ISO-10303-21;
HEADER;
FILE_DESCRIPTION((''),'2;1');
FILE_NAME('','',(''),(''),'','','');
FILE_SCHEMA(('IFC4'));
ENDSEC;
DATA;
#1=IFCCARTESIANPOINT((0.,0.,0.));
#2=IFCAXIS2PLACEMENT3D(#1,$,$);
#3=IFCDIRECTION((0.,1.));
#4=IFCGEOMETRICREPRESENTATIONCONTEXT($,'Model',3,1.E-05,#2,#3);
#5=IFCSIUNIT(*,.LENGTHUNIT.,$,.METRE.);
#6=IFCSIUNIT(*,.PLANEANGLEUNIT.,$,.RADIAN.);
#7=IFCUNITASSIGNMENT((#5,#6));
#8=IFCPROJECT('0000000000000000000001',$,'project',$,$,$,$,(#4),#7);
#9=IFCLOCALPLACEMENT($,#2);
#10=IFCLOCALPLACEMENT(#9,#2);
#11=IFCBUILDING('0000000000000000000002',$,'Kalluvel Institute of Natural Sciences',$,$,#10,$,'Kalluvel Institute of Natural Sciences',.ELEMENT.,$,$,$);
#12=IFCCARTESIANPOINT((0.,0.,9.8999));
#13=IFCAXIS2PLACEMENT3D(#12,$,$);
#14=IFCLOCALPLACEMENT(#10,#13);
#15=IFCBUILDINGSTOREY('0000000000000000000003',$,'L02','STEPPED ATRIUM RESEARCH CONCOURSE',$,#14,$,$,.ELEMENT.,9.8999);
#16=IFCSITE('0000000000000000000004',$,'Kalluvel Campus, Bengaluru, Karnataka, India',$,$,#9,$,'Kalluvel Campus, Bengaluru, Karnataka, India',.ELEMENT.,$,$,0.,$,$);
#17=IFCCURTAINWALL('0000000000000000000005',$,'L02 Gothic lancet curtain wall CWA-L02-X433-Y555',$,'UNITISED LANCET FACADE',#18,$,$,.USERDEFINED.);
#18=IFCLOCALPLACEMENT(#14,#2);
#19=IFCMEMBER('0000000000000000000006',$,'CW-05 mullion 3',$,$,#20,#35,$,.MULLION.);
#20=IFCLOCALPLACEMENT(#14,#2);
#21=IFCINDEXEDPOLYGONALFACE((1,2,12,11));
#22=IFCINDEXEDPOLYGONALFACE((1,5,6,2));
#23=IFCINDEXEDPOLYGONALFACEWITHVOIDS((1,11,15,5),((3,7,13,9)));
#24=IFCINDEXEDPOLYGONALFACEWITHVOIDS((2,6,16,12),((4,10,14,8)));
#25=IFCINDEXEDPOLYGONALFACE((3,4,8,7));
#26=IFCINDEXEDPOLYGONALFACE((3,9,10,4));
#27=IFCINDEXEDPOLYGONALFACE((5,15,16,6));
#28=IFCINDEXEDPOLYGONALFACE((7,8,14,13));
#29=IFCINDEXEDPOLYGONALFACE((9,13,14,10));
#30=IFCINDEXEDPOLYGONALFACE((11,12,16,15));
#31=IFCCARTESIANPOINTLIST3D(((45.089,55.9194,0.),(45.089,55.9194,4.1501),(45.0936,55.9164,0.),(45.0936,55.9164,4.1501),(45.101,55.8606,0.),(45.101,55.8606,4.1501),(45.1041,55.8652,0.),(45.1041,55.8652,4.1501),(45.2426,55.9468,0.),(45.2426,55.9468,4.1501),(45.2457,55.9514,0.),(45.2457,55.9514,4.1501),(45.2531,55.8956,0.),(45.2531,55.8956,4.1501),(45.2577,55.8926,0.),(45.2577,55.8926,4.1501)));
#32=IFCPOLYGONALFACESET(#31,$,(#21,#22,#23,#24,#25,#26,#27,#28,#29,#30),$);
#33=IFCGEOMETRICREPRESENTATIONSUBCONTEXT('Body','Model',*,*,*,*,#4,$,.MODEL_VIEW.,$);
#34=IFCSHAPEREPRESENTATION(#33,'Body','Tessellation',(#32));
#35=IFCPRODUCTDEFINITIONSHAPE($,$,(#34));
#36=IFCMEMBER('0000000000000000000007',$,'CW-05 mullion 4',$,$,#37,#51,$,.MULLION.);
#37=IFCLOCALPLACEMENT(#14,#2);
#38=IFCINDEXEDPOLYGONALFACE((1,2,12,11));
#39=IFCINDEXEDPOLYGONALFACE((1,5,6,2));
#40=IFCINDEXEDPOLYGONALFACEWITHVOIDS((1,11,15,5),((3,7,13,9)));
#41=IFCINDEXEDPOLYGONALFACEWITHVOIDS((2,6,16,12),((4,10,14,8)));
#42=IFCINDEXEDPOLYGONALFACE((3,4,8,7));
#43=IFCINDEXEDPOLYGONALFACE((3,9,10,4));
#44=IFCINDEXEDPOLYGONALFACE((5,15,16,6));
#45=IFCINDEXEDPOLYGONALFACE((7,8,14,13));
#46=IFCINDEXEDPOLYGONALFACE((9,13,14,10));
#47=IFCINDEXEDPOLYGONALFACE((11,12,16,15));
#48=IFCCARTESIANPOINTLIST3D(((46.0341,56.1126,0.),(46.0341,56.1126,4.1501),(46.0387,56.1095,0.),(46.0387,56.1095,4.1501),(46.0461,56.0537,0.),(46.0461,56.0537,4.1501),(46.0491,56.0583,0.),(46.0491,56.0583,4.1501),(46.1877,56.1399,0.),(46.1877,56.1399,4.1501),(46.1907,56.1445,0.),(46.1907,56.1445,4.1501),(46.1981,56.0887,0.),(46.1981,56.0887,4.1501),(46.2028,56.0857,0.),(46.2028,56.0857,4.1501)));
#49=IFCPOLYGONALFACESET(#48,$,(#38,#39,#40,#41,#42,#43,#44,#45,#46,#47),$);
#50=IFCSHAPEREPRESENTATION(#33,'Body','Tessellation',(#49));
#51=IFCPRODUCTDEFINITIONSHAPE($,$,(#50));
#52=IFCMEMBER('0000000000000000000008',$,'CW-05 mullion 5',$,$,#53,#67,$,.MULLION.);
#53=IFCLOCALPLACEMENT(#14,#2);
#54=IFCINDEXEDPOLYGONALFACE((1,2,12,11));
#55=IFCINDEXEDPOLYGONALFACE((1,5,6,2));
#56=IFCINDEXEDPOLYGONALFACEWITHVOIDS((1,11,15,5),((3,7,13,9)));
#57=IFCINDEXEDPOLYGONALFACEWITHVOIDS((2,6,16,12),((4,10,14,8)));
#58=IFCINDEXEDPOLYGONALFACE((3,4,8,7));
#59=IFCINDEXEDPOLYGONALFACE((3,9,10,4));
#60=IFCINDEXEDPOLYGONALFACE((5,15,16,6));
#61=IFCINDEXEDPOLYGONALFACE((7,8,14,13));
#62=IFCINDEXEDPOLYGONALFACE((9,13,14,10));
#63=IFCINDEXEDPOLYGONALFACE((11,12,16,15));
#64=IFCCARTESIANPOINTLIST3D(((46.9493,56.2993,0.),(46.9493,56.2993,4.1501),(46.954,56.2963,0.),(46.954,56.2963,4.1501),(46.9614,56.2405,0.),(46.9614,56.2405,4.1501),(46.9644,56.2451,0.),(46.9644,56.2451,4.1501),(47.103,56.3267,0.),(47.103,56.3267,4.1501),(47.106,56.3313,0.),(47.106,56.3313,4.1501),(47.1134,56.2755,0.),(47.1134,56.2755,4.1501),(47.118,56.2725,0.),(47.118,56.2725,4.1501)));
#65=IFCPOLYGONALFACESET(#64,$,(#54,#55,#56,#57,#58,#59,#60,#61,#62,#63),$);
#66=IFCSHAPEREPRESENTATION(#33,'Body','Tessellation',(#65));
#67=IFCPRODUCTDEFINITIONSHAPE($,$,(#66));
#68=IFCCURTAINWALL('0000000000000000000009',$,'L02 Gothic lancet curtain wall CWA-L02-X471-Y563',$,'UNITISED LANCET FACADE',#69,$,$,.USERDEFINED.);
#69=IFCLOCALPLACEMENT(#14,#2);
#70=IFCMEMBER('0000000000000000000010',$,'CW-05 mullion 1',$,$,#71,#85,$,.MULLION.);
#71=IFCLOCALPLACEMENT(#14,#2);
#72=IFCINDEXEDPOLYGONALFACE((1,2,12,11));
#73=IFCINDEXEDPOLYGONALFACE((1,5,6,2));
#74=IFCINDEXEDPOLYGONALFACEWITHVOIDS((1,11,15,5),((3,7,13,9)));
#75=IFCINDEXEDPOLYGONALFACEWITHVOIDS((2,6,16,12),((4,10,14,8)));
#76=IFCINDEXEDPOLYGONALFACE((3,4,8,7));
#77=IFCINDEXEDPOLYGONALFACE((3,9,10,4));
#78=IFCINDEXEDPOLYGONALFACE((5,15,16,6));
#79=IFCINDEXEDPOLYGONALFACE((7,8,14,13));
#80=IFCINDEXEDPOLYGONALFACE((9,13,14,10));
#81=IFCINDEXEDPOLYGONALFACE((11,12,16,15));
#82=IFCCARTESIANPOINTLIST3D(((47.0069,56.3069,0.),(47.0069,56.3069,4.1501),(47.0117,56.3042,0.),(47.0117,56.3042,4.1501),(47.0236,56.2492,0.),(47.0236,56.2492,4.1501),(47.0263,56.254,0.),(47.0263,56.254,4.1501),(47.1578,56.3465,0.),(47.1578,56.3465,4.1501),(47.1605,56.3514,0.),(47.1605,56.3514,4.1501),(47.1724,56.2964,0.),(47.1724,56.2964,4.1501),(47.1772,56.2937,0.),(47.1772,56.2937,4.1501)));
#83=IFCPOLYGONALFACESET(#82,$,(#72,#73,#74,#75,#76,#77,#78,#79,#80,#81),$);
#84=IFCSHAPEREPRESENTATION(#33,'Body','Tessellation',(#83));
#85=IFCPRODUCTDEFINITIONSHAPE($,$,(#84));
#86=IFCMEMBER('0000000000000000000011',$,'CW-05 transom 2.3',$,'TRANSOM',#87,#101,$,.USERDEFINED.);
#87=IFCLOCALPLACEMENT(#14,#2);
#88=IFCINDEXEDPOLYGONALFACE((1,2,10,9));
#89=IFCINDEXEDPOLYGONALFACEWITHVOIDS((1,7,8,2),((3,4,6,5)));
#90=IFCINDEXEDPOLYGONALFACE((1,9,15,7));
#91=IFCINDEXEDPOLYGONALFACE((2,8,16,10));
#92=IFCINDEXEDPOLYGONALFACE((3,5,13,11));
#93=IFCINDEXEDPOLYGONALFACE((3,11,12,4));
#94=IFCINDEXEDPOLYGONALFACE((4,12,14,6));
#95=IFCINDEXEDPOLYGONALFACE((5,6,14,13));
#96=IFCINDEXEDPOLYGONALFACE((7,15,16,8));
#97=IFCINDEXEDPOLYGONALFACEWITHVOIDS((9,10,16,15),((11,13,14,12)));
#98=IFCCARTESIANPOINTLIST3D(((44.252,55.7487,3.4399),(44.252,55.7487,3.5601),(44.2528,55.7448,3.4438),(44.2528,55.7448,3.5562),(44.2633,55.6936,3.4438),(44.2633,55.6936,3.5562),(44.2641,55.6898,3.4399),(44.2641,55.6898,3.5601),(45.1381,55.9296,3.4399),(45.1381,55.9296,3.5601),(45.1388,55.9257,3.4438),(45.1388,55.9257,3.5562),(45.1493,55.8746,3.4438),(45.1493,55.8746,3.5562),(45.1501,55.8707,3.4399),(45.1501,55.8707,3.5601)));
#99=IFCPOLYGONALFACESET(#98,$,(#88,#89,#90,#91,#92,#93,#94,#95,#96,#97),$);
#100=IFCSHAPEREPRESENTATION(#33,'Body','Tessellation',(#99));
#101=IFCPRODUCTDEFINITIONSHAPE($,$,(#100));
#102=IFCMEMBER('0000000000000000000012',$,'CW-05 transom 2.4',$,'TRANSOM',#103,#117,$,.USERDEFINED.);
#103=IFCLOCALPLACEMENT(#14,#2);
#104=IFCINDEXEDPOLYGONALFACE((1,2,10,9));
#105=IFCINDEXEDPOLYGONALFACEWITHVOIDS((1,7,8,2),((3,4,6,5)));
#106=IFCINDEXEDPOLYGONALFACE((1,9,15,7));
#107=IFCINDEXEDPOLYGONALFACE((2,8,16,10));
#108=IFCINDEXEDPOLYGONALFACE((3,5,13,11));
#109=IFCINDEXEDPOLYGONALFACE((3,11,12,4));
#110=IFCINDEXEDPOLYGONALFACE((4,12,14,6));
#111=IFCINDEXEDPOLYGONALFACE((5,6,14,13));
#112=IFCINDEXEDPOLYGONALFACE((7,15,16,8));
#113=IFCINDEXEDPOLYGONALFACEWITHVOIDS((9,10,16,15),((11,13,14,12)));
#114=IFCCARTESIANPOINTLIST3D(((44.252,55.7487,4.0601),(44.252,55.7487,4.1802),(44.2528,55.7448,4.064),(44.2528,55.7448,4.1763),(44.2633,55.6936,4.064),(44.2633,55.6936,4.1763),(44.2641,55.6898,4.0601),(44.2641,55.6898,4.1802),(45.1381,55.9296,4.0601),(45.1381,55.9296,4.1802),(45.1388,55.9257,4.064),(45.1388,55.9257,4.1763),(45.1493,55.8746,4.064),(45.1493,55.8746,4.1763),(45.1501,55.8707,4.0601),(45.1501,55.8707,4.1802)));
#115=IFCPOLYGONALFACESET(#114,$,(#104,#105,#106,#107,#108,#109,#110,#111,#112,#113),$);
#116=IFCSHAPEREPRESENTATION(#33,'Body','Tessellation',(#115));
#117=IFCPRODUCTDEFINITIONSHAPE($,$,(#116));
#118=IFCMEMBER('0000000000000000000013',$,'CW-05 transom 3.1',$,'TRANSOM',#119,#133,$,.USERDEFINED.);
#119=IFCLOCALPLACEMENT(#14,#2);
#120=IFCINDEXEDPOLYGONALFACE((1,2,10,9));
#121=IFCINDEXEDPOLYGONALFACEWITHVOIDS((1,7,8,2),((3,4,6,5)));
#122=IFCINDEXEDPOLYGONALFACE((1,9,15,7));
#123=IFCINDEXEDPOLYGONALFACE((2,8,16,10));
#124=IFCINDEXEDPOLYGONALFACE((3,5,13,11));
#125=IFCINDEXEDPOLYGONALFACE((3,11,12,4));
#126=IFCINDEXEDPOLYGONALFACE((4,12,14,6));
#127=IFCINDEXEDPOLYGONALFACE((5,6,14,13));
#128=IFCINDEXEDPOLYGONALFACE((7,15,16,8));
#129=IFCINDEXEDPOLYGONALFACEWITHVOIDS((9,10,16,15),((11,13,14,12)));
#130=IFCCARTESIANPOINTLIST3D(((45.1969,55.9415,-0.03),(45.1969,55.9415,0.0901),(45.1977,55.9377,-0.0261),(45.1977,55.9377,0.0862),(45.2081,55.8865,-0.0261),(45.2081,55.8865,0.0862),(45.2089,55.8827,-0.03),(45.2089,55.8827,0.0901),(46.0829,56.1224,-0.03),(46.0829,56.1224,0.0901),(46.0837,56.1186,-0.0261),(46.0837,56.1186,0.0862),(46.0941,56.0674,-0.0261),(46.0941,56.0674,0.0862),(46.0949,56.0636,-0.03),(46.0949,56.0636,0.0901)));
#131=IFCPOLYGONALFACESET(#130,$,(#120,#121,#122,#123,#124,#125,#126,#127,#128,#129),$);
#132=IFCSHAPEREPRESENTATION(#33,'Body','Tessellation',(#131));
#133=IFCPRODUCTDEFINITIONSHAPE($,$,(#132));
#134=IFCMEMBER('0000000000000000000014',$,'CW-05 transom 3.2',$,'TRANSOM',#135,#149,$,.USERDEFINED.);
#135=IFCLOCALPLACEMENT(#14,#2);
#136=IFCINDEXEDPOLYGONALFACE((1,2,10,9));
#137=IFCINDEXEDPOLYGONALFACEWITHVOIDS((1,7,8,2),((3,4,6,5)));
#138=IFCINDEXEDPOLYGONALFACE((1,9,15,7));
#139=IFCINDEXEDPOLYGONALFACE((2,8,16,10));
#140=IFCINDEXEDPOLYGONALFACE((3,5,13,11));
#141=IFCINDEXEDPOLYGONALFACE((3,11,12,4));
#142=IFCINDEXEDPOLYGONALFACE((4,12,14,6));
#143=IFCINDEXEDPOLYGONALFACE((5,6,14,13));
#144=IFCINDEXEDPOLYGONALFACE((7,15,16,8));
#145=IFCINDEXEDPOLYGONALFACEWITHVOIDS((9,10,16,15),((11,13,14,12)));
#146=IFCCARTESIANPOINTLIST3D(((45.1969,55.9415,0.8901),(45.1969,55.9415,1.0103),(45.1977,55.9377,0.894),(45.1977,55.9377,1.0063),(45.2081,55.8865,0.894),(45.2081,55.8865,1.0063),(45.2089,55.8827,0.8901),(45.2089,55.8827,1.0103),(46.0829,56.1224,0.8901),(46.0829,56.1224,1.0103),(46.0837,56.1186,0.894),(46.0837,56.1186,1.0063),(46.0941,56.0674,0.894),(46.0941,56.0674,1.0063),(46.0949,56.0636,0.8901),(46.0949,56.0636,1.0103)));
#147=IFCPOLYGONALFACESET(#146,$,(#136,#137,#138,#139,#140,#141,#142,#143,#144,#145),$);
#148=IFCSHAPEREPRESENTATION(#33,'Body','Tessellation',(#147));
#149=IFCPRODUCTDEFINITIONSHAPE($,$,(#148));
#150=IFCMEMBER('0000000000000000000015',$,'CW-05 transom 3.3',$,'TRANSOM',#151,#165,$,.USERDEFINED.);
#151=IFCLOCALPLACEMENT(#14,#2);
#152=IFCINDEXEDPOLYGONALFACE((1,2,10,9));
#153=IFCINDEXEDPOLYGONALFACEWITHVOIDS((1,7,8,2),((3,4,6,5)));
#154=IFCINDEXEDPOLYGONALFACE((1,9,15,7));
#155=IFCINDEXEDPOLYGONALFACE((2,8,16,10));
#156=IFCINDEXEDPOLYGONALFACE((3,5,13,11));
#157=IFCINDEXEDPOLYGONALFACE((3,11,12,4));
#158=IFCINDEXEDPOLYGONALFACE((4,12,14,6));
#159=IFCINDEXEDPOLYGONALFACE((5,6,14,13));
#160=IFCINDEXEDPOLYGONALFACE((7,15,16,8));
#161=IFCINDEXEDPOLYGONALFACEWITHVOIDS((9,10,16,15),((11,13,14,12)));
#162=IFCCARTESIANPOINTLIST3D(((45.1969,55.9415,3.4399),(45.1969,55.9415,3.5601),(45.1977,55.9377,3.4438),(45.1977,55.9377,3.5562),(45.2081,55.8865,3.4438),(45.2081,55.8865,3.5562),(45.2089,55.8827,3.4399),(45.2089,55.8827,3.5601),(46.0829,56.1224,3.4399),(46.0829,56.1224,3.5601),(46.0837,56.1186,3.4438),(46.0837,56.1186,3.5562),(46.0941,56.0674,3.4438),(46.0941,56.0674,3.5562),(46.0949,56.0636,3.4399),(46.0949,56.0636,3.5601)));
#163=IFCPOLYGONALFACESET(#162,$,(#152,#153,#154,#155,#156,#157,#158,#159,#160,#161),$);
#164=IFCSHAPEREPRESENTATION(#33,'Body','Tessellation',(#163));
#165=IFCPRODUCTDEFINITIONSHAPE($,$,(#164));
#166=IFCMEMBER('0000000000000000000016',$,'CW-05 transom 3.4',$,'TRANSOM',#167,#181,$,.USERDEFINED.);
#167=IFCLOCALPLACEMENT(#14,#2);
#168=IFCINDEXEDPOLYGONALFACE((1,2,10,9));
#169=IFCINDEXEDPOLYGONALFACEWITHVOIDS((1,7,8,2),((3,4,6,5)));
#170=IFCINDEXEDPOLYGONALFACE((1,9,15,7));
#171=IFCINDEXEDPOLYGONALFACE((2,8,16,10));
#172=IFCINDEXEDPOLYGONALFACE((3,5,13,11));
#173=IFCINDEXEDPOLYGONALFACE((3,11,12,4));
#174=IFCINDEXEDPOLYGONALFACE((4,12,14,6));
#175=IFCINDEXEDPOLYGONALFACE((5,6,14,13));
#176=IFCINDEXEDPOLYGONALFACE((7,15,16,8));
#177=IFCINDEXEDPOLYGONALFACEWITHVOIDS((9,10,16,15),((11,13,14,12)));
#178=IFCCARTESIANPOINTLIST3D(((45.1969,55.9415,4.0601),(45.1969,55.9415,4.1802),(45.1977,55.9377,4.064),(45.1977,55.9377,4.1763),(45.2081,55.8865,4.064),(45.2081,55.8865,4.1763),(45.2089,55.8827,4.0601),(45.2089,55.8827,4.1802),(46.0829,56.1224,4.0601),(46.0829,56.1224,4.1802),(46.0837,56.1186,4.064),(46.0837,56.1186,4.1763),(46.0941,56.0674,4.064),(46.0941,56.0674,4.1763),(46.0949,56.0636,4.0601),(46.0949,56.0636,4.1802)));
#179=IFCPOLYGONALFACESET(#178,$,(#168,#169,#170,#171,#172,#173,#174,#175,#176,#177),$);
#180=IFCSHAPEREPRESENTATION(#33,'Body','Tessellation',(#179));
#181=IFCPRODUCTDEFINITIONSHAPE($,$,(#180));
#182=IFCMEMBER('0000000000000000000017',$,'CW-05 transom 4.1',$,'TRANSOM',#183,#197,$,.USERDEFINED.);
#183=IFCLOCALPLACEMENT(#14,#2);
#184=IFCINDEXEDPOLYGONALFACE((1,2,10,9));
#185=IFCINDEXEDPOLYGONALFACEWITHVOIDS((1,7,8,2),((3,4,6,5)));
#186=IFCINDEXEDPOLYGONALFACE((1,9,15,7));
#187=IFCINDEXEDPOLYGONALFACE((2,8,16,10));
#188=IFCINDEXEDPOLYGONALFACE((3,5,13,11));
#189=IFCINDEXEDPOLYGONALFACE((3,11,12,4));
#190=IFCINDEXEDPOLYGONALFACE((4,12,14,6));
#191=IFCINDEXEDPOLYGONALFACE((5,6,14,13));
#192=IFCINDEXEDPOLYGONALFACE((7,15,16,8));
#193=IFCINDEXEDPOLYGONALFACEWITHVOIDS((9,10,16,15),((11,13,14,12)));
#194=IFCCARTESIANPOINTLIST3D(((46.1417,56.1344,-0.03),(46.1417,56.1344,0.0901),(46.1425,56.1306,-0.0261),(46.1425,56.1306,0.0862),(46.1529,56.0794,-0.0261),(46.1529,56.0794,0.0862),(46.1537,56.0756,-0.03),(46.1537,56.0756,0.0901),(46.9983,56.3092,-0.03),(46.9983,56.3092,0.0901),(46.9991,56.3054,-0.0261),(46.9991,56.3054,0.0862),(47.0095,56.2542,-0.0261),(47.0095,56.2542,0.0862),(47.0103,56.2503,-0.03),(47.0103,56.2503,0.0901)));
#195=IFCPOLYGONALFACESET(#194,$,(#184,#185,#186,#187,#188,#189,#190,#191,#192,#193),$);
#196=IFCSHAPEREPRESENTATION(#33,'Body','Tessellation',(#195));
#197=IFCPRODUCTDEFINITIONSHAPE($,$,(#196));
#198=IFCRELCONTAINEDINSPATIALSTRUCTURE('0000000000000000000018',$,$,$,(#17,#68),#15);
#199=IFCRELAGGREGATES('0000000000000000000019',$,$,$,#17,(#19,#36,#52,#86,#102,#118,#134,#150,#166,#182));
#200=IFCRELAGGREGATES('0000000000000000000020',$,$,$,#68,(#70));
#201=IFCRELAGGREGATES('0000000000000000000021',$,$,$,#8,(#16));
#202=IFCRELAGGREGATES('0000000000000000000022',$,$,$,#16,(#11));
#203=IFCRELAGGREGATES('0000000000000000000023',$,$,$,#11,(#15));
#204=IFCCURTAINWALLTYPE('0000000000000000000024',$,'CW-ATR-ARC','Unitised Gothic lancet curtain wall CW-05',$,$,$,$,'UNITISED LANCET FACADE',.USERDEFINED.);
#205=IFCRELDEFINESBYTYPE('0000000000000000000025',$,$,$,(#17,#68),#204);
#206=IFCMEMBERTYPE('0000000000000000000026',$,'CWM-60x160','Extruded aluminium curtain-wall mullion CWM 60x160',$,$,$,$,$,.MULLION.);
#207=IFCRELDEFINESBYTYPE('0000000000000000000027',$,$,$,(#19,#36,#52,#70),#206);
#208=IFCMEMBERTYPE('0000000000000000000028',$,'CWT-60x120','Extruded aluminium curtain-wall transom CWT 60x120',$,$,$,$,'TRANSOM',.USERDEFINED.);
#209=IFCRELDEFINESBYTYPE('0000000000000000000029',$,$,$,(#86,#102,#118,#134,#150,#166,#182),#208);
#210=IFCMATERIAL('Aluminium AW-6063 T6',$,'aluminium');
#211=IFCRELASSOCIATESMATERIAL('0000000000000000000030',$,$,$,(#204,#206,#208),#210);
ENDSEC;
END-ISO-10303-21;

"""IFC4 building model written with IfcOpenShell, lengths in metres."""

from ifc_helpers import new_model, si_unit, direction, frame, origin, origin_2d, place, context, subcontext, project, spatial, hollow_rectangle, extrude, material, material_profile, profile_set, type_object, element, aggregate, save


model = new_model("IFC4")

# Units and contexts
model_context = context("Model", 3, precision=1e-05, world=origin(), true_north=direction((0.0, 1.0)))
body_context = subcontext(model_context, "Body", "Model", "MODEL_VIEW")
ifc_project = project(units=[si_unit("LENGTHUNIT", "METRE"), si_unit("PLANEANGLEUNIT", "RADIAN")], contexts=[model_context])

# Site, building, storey
site_placement = place(None, origin())
site = spatial("IfcSite", under=ifc_project, at=site_placement, Name="Kalluvel Campus, Bengaluru, Karnataka, India", LongName="Kalluvel Campus, Bengaluru, Karnataka, India", CompositionType="ELEMENT", RefElevation=0.0)
building_placement = place(site_placement, origin())
building = spatial("IfcBuilding", under=site, at=building_placement, Name="Kalluvel Institute of Natural Sciences", LongName="Kalluvel Institute of Natural Sciences", CompositionType="ELEMENT")
storey_placement = place(building_placement, frame((0.0, 0.0, 9.8999)))
storey = spatial("IfcBuildingStorey", under=building, at=storey_placement, Name="L02", Description="STEPPED ATRIUM RESEARCH CONCOURSE", CompositionType="ELEMENT", Elevation=9.8999)

# Curtain wall, members
ifc_material_1 = material(Name="Aluminium AW-6063 T6", Category="aluminium")
curtain_wall_type = type_object("IfcCurtainWallType", Name="CW-ATR-ARC", Description="Unitised Gothic lancet curtain wall CW-05", ElementType="UNITISED LANCET FACADE", PredefinedType="USERDEFINED", material=ifc_material_1)
curtain_wall_1_placement = place(storey_placement, origin())
curtain_wall_1 = element("IfcCurtainWall", 1, at=curtain_wall_1_placement, inside=storey, type_object=curtain_wall_type, Name="L02 Gothic lancet curtain wall CWA-L02-X433-Y555", ObjectType="UNITISED LANCET FACADE", PredefinedType="USERDEFINED")
ifc_material_profile_1 = material_profile(ifc_material_1, hollow_rectangle(XDim=0.0601, YDim=0.1599, WallThickness=0.0039, at=origin_2d()), Name="CWM 60x160")
ifc_profile_set_1 = profile_set([ifc_material_profile_1], Name="Aluminium AW-6063 T6")
member_type_1 = type_object("IfcMemberType", Name="CWM-60x160", Description="Extruded aluminium curtain-wall mullion CWM 60x160", PredefinedType="MULLION", material=ifc_profile_set_1)
member_1_placement = place(storey_placement, frame((45.1733, 55.906, 0.0), z_axis=(0.0, 0.0, 1.0), x_axis=(-0.200028, 0.97979, 0.0)))
member_1 = element("IfcMember", 2, at=member_1_placement, type_object=member_type_1, Name="CW-05 mullion 3", PredefinedType="MULLION", context=body_context, shape_type="SweptSolid", body=[
    extrude(hollow_rectangle(XDim=0.0601, YDim=0.1599, WallThickness=0.0039, at=origin_2d()), origin(), (0.0, 0.0, 1.0), 4.1501),
])
member_2_placement = place(storey_placement, frame((46.1184, 56.0991, 0.0), z_axis=(0.0, 0.0, 1.0), x_axis=(-0.200028, 0.97979, 0.0)))
member_2 = element("IfcMember", 3, at=member_2_placement, type_object=member_type_1, Name="CW-05 mullion 4", PredefinedType="MULLION", context=body_context, shape_type="SweptSolid", body=[
    extrude(hollow_rectangle(XDim=0.0601, YDim=0.1599, WallThickness=0.0039, at=origin_2d()), origin(), (0.0, 0.0, 1.0), 4.1501),
])
member_3_placement = place(storey_placement, frame((47.0337, 56.2859, 0.0), z_axis=(0.0, 0.0, 1.0), x_axis=(-0.200028, 0.97979, 0.0)))
member_3 = element("IfcMember", 4, at=member_3_placement, type_object=member_type_1, Name="CW-05 mullion 5", PredefinedType="MULLION", context=body_context, shape_type="SweptSolid", body=[
    extrude(hollow_rectangle(XDim=0.0601, YDim=0.1599, WallThickness=0.0039, at=origin_2d()), origin(), (0.0, 0.0, 1.0), 4.1501),
])

# Curtain wall, member
curtain_wall_2_placement = place(storey_placement, origin())
curtain_wall_2 = element("IfcCurtainWall", 5, at=curtain_wall_2_placement, inside=storey, type_object=curtain_wall_type, Name="L02 Gothic lancet curtain wall CWA-L02-X471-Y563", ObjectType="UNITISED LANCET FACADE", PredefinedType="USERDEFINED")
member_4_placement = place(storey_placement, frame((47.092, 56.3003, 0.0), z_axis=(0.0, 0.0, 1.0), x_axis=(-0.278212, 0.96052, 0.0)))
member_4 = element("IfcMember", 6, at=member_4_placement, type_object=member_type_1, Name="CW-05 mullion 1", PredefinedType="MULLION", context=body_context, shape_type="SweptSolid", body=[
    extrude(hollow_rectangle(XDim=0.0601, YDim=0.1599, WallThickness=0.0039, at=origin_2d()), origin(), (0.0, 0.0, 1.0), 4.1501),
])

# Members
ifc_material_profile_2 = material_profile(ifc_material_1, hollow_rectangle(XDim=0.0601, YDim=0.1201, WallThickness=0.0039, at=origin_2d()), Name="CWT 60x120")
ifc_profile_set_2 = profile_set([ifc_material_profile_2], Name="Aluminium AW-6063 T6")
member_type_2 = type_object("IfcMemberType", Name="CWT-60x120", Description="Extruded aluminium curtain-wall transom CWT 60x120", ElementType="TRANSOM", PredefinedType="USERDEFINED", material=ifc_profile_set_2)
member_5_placement = place(storey_placement, frame((44.2581, 55.7192, 3.5), z_axis=(0.979784, 0.200061, 0.0), x_axis=(-0.200061, 0.979784, 0.0)))
member_5 = element("IfcMember", 7, at=member_5_placement, type_object=member_type_2, Name="CW-05 transom 2.3", ObjectType="TRANSOM", PredefinedType="USERDEFINED", context=body_context, shape_type="SweptSolid", body=[
    extrude(hollow_rectangle(XDim=0.0601, YDim=0.1201, WallThickness=0.0039, at=origin_2d()), origin(), (0.0, 0.0, 1.0), 0.9043),
])
member_6_placement = place(storey_placement, frame((44.2581, 55.7192, 4.1201), z_axis=(0.979784, 0.200061, 0.0), x_axis=(-0.200061, 0.979784, 0.0)))
member_6 = element("IfcMember", 8, at=member_6_placement, type_object=member_type_2, Name="CW-05 transom 2.4", ObjectType="TRANSOM", PredefinedType="USERDEFINED", context=body_context, shape_type="SweptSolid", body=[
    extrude(hollow_rectangle(XDim=0.0601, YDim=0.1201, WallThickness=0.0039, at=origin_2d()), origin(), (0.0, 0.0, 1.0), 0.9043),
])
member_7_placement = place(storey_placement, frame((45.2029, 55.9121, 0.03), z_axis=(0.979784, 0.200061, 0.0), x_axis=(-0.200061, 0.979784, 0.0)))
member_7 = element("IfcMember", 9, at=member_7_placement, type_object=member_type_2, Name="CW-05 transom 3.1", ObjectType="TRANSOM", PredefinedType="USERDEFINED", context=body_context, shape_type="SweptSolid", body=[
    extrude(hollow_rectangle(XDim=0.0601, YDim=0.1201, WallThickness=0.0039, at=origin_2d()), origin(), (0.0, 0.0, 1.0), 0.9043),
])
member_8_placement = place(storey_placement, frame((45.2029, 55.9121, 0.9502), z_axis=(0.979784, 0.200061, 0.0), x_axis=(-0.200061, 0.979784, 0.0)))
member_8 = element("IfcMember", 10, at=member_8_placement, type_object=member_type_2, Name="CW-05 transom 3.2", ObjectType="TRANSOM", PredefinedType="USERDEFINED", context=body_context, shape_type="SweptSolid", body=[
    extrude(hollow_rectangle(XDim=0.0601, YDim=0.1201, WallThickness=0.0039, at=origin_2d()), origin(), (0.0, 0.0, 1.0), 0.9043),
])
member_9_placement = place(storey_placement, frame((45.2029, 55.9121, 3.5), z_axis=(0.979784, 0.200061, 0.0), x_axis=(-0.200061, 0.979784, 0.0)))
member_9 = element("IfcMember", 11, at=member_9_placement, type_object=member_type_2, Name="CW-05 transom 3.3", ObjectType="TRANSOM", PredefinedType="USERDEFINED", context=body_context, shape_type="SweptSolid", body=[
    extrude(hollow_rectangle(XDim=0.0601, YDim=0.1201, WallThickness=0.0039, at=origin_2d()), origin(), (0.0, 0.0, 1.0), 0.9043),
])
member_10_placement = place(storey_placement, frame((45.2029, 55.9121, 4.1201), z_axis=(0.979784, 0.200061, 0.0), x_axis=(-0.200061, 0.979784, 0.0)))
member_10 = element("IfcMember", 12, at=member_10_placement, type_object=member_type_2, Name="CW-05 transom 3.4", ObjectType="TRANSOM", PredefinedType="USERDEFINED", context=body_context, shape_type="SweptSolid", body=[
    extrude(hollow_rectangle(XDim=0.0601, YDim=0.1201, WallThickness=0.0039, at=origin_2d()), origin(), (0.0, 0.0, 1.0), 0.9043),
])
member_11_placement = place(storey_placement, frame((46.1477, 56.105, 0.03), z_axis=(0.979811, 0.199927, 0.0), x_axis=(-0.199927, 0.979811, 0.0)))
member_11 = element("IfcMember", 13, at=member_11_placement, type_object=member_type_2, Name="CW-05 transom 4.1", ObjectType="TRANSOM", PredefinedType="USERDEFINED", context=body_context, shape_type="SweptSolid", body=[
    extrude(hollow_rectangle(XDim=0.0601, YDim=0.1201, WallThickness=0.0039, at=origin_2d()), origin(), (0.0, 0.0, 1.0), 0.8743),
])

aggregate(curtain_wall_1, [member_1, member_2, member_3, member_5, member_6, member_7, member_8, member_9, member_10, member_11])
aggregate(curtain_wall_2, [member_4])

save(model, "model.ifc")
